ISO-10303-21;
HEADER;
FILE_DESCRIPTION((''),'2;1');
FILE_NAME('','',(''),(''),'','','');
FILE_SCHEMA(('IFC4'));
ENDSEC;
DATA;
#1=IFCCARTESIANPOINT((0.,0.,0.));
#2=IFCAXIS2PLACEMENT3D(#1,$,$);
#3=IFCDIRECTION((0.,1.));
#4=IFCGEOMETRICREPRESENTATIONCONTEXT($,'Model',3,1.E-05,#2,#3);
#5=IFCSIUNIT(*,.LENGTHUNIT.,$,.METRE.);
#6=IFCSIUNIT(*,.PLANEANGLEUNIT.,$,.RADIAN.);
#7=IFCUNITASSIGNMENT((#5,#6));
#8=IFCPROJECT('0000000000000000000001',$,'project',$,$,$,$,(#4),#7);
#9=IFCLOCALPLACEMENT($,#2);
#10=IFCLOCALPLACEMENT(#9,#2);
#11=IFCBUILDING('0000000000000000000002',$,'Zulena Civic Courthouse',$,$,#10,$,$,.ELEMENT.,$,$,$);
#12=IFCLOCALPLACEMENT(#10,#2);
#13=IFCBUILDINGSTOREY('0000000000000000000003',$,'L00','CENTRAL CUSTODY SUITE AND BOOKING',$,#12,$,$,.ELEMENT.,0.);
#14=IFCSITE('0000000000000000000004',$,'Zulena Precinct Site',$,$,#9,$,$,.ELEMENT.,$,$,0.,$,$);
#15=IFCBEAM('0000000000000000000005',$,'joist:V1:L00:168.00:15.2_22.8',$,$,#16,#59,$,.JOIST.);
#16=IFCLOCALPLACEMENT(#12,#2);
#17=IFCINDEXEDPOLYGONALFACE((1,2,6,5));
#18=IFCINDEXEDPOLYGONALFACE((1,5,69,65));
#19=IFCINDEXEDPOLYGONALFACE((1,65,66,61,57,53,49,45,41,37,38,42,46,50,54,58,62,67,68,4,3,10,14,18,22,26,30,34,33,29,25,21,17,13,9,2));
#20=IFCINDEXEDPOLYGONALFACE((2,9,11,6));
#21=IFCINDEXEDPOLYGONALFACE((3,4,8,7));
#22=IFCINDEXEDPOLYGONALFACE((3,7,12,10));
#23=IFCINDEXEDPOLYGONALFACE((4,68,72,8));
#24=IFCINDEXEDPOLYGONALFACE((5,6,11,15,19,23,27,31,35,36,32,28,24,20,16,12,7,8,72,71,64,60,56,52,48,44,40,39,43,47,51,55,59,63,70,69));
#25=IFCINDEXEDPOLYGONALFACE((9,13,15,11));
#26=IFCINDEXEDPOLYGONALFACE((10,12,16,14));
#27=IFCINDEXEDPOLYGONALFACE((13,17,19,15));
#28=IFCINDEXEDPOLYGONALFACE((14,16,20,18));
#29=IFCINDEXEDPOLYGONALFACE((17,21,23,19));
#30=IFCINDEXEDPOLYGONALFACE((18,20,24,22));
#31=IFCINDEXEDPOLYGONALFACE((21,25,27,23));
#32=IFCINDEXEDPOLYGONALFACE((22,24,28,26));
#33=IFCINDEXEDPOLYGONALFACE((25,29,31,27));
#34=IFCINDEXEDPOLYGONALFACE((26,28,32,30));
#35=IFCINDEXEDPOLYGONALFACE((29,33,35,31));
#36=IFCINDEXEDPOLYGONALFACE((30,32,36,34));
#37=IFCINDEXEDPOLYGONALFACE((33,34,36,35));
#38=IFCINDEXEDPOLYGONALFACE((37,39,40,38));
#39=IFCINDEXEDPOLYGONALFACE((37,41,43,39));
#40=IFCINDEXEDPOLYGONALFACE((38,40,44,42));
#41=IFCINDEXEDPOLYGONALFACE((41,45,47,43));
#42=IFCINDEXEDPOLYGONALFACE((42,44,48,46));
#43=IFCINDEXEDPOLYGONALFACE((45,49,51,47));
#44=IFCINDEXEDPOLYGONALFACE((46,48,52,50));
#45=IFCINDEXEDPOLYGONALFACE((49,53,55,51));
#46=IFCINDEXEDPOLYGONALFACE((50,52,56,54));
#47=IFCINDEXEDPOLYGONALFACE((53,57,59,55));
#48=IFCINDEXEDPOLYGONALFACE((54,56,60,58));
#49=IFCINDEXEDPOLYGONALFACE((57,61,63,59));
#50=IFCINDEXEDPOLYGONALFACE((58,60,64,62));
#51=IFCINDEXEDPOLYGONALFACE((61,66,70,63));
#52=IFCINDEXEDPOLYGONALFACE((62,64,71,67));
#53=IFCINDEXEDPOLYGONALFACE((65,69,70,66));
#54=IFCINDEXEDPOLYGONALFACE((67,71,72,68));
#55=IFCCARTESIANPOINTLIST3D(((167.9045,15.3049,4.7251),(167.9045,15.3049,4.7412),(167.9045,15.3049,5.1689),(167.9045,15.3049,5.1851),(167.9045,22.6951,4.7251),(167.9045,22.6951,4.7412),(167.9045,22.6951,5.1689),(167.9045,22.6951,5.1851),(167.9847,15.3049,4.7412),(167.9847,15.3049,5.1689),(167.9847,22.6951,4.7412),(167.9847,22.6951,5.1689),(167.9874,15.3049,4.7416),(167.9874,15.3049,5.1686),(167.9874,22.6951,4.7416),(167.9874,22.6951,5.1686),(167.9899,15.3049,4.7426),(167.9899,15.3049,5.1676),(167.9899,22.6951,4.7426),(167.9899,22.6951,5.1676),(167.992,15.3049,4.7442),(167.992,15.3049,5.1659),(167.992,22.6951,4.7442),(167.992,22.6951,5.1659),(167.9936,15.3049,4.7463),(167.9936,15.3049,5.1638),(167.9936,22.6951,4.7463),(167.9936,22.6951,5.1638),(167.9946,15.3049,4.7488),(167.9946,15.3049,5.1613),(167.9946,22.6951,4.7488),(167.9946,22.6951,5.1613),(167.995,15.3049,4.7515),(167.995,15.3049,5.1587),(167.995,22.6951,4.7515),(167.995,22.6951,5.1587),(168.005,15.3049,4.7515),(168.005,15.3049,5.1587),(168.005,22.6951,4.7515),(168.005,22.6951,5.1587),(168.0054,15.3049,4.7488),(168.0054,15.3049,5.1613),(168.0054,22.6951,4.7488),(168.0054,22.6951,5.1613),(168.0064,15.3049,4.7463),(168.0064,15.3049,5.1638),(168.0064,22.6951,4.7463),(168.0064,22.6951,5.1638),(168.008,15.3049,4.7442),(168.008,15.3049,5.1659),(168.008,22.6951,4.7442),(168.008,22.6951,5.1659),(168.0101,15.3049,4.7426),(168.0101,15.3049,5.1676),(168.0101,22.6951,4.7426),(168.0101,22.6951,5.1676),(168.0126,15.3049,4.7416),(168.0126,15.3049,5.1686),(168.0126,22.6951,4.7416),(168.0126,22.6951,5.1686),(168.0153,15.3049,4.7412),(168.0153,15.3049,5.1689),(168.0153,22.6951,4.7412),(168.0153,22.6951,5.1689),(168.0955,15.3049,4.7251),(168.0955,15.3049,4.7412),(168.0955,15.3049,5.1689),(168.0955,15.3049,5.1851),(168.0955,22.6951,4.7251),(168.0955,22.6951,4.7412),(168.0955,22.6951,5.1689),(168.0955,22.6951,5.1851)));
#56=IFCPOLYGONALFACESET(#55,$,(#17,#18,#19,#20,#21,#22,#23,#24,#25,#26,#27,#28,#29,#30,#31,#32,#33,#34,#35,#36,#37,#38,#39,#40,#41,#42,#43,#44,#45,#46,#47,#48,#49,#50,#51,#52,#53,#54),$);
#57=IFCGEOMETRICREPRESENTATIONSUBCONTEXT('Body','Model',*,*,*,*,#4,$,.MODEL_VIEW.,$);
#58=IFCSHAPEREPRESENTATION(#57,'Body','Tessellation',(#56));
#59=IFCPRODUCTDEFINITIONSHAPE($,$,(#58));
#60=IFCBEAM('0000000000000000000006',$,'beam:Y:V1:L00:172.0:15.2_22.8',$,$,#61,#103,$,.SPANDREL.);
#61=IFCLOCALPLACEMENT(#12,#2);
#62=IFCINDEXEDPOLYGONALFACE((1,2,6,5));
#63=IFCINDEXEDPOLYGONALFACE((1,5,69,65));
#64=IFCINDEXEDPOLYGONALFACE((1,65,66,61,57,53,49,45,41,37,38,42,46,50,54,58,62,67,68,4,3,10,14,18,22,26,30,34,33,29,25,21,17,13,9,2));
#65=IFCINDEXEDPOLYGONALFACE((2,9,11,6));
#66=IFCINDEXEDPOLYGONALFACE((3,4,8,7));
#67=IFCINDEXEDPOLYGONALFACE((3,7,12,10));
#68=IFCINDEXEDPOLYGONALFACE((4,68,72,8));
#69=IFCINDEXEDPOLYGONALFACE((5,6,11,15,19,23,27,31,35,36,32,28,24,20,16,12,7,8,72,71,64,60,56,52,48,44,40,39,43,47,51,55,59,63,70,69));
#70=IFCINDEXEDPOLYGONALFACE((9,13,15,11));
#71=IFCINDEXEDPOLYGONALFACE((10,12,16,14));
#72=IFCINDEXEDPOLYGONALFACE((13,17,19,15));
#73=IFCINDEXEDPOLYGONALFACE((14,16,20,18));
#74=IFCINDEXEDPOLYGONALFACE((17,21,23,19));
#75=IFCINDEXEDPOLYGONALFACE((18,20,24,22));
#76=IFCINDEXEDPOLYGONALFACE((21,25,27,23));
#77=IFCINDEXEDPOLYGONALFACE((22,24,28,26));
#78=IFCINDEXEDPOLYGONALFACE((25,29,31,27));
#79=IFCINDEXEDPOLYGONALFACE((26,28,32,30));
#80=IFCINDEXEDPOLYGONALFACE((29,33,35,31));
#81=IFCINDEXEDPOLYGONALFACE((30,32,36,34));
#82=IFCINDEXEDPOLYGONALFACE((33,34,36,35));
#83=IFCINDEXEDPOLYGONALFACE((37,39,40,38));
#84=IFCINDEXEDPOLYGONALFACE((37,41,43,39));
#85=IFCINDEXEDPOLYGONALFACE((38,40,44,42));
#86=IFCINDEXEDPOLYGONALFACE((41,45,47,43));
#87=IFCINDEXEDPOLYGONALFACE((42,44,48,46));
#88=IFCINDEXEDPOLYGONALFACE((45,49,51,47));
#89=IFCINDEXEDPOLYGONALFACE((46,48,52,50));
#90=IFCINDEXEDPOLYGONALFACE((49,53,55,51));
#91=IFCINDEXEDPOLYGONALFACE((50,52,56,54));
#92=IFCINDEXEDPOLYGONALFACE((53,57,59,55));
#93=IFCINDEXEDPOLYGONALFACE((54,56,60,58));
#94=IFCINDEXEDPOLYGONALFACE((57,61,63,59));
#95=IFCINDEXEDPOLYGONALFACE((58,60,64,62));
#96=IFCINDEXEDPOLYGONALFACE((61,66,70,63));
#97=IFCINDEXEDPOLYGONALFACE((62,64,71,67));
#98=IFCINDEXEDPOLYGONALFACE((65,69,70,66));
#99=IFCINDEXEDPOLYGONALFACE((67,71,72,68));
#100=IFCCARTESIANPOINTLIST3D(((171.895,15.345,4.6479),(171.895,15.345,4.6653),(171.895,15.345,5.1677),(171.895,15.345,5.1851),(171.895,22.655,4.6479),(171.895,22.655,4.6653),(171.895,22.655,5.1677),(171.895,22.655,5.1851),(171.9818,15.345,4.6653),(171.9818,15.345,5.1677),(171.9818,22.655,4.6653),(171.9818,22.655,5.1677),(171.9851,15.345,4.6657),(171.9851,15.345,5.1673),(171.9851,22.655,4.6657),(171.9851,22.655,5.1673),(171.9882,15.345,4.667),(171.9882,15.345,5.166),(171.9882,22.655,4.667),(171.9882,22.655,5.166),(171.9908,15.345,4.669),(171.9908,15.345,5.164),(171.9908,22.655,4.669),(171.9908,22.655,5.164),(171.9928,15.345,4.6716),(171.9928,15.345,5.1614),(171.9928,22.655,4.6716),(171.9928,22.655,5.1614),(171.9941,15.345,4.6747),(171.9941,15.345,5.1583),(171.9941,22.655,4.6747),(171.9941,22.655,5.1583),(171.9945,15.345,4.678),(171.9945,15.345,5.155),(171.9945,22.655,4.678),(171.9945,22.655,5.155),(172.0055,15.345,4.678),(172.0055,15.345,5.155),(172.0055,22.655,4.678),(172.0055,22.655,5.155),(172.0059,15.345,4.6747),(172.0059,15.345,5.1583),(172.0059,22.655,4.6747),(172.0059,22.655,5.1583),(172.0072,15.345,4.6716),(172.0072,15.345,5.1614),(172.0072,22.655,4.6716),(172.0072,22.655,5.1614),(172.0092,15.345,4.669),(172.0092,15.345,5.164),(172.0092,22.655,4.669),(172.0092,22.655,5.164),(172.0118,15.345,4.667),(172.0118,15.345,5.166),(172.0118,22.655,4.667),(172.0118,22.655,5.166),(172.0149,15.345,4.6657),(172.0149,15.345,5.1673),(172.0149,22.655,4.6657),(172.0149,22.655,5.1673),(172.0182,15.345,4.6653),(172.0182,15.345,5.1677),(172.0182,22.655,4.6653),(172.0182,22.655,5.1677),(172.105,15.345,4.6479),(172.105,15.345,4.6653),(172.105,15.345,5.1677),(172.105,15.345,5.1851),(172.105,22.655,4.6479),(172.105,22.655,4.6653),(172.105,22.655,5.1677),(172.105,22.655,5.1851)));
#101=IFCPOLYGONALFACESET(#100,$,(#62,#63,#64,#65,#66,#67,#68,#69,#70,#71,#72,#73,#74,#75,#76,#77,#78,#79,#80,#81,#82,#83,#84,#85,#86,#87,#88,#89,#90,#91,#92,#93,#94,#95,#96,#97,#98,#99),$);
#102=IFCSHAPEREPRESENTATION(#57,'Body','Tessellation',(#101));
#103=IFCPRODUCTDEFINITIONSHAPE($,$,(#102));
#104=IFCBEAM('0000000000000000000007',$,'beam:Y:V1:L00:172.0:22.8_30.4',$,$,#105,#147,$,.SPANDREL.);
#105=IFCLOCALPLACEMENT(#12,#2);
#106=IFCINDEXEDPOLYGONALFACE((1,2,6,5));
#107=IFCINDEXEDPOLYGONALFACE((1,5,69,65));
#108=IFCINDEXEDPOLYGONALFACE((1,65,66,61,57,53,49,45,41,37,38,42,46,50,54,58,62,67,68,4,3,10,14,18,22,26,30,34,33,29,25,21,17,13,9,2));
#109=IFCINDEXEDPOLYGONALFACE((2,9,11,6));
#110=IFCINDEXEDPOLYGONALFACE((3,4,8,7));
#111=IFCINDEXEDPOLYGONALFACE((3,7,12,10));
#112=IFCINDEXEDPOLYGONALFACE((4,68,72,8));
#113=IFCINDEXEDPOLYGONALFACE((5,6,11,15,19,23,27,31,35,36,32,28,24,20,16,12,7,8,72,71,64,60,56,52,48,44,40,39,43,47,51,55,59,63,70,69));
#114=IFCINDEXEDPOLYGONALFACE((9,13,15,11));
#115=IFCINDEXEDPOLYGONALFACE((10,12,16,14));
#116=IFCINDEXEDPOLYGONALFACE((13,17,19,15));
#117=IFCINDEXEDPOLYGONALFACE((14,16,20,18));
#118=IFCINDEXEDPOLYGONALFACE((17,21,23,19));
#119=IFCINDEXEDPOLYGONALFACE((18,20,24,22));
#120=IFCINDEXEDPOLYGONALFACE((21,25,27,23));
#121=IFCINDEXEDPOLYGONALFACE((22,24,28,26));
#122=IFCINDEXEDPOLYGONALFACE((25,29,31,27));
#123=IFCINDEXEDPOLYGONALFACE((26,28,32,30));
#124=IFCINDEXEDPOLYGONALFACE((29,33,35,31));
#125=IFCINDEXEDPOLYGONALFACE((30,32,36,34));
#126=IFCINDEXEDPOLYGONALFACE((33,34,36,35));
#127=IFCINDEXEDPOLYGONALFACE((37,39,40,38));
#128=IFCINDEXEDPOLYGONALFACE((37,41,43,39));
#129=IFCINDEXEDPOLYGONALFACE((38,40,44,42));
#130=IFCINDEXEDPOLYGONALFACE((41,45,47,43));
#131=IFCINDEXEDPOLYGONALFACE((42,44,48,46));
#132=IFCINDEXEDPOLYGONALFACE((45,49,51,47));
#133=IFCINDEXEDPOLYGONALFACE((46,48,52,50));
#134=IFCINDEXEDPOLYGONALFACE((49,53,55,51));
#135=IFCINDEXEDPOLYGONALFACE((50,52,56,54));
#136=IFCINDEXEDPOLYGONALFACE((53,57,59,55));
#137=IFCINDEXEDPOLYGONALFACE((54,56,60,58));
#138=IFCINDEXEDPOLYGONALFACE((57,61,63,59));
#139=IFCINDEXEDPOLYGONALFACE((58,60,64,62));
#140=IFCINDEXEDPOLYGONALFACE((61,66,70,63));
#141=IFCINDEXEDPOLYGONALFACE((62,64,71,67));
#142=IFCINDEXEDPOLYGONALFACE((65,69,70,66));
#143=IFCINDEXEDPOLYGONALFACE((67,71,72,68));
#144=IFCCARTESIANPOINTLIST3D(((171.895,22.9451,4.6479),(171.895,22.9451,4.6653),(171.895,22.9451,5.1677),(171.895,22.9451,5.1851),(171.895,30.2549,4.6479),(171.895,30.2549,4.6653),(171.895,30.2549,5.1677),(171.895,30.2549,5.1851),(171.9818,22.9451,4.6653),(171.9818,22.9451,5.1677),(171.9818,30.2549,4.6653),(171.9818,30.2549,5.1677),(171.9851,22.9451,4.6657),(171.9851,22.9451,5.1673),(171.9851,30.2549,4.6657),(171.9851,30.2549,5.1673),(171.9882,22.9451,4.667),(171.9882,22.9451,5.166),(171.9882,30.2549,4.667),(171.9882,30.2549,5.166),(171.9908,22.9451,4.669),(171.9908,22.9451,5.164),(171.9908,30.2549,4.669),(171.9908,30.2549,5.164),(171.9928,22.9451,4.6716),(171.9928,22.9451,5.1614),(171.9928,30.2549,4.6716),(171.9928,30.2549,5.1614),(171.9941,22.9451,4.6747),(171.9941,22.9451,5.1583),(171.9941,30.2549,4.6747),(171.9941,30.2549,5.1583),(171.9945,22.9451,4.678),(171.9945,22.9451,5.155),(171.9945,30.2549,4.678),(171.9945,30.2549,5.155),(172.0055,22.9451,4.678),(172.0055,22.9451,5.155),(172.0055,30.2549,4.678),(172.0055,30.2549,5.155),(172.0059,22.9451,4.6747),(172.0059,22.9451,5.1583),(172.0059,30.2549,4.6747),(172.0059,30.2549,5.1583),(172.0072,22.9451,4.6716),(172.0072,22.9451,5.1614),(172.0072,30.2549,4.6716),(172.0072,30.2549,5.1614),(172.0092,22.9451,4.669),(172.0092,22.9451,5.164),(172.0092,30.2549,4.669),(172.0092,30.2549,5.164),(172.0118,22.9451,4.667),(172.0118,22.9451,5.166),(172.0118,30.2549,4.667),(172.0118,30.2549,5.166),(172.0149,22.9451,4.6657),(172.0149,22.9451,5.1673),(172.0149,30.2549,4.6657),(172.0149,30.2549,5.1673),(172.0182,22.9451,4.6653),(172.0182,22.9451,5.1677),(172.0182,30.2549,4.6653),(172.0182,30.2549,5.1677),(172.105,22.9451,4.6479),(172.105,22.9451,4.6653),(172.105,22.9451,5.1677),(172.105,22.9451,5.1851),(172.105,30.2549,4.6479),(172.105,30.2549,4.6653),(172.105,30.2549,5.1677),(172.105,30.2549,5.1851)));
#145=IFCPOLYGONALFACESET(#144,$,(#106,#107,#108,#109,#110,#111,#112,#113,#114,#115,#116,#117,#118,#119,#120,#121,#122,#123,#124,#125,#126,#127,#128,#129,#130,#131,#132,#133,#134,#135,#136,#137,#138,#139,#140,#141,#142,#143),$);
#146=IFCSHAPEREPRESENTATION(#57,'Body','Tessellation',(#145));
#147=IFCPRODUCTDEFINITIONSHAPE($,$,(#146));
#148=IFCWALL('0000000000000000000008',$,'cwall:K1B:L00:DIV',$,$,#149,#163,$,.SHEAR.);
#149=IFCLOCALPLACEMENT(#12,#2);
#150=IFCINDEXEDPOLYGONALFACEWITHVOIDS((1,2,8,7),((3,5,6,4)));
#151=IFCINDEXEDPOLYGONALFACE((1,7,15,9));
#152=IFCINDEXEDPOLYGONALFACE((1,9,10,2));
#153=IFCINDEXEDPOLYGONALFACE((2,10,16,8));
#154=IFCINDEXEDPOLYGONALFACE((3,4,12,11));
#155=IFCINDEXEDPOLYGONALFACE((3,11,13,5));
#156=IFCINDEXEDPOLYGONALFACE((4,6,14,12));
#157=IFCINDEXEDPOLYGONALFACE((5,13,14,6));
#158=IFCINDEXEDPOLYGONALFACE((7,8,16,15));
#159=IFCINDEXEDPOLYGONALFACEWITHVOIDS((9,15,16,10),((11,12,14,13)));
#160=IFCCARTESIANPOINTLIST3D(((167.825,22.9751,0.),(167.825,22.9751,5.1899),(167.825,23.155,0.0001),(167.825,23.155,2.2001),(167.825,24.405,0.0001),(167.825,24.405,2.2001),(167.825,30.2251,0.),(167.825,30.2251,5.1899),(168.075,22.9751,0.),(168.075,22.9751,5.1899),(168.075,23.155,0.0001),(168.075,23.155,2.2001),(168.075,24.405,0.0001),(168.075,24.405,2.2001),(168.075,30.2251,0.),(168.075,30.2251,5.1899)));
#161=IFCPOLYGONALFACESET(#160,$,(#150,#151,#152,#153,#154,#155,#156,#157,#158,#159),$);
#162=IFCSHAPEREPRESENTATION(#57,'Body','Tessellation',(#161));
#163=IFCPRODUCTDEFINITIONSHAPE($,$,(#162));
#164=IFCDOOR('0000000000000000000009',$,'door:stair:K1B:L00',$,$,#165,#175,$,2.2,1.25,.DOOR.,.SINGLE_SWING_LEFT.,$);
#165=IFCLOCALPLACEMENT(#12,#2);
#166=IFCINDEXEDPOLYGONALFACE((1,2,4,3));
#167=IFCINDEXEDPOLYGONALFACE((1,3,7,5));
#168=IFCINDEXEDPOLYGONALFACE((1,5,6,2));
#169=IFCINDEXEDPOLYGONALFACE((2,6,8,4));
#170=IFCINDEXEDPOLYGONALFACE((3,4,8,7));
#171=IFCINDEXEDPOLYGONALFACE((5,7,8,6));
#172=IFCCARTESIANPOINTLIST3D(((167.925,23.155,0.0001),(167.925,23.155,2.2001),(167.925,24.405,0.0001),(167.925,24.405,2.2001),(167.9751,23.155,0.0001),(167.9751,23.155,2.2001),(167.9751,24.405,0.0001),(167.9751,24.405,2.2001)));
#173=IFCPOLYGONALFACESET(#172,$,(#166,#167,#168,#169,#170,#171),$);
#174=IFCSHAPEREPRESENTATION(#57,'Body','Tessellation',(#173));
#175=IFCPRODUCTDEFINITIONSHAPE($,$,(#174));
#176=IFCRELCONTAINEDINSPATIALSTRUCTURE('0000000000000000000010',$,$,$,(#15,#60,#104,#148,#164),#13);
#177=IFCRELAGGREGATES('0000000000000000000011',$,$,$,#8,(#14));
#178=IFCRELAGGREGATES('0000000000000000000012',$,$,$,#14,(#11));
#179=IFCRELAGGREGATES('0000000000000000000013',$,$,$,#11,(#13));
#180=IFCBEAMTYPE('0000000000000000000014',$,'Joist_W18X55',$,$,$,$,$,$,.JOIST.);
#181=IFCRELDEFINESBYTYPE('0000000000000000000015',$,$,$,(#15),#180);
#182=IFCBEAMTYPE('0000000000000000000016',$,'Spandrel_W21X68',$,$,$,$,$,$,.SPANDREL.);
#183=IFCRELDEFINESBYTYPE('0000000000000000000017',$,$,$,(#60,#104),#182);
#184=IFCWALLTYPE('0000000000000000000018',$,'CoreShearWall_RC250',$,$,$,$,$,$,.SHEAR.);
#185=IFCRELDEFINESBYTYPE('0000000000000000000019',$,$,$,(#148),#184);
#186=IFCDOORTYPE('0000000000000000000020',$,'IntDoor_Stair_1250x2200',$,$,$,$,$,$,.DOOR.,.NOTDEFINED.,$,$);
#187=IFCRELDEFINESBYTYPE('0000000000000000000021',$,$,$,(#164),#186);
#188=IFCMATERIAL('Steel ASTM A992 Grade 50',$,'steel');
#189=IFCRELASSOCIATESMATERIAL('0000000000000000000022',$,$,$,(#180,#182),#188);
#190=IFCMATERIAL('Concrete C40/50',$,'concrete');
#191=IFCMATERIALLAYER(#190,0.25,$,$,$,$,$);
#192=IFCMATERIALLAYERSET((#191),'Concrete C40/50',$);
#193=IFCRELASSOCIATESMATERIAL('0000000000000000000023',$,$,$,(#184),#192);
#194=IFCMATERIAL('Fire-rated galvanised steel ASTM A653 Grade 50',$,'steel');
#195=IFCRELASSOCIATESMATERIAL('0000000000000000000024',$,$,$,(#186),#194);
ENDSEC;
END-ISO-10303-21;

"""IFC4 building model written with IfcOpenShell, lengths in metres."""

from ifc_helpers import new_model, si_unit, direction, frame, frame_2d, origin, origin_2d, place, context, subcontext, project, spatial, rectangle, i_section, extrude, material, layer, layer_set, material_profile, profile_set, type_object, element, fill, save


model = new_model("IFC4")

# Units and contexts
model_context = context("Model", 3, precision=1e-05, world=origin(), true_north=direction((0.0, 1.0)))
body_context = subcontext(model_context, "Body", "Model", "MODEL_VIEW")
ifc_project = project(units=[si_unit("LENGTHUNIT", "METRE"), si_unit("PLANEANGLEUNIT", "RADIAN")], contexts=[model_context])

# Site, building, storey
site_placement = place(None, origin())
site = spatial("IfcSite", under=ifc_project, at=site_placement, Name="Zulena Precinct Site", CompositionType="ELEMENT", RefElevation=0.0)
building_placement = place(site_placement, origin())
building = spatial("IfcBuilding", under=site, at=building_placement, Name="Zulena Civic Courthouse", CompositionType="ELEMENT")
storey_placement = place(building_placement, origin())
storey = spatial("IfcBuildingStorey", under=building, at=storey_placement, Name="L00", Description="CENTRAL CUSTODY SUITE AND BOOKING", CompositionType="ELEMENT", Elevation=0.0)

# Shared definitions
ifc_material_1 = material(Name="Concrete C40/50", Category="concrete")

# Shared definitions
ifc_material_2 = material(Name="Steel ASTM A992 Grade 50", Category="steel")

# Beams
ifc_material_profile_1 = material_profile(ifc_material_2, i_section(OverallWidth=0.1909, OverallDepth=0.46, WebThickness=0.01, FlangeThickness=0.0161, FilletRadius=0.0103, at=origin_2d()), Name="W18X55")
ifc_profile_set_1 = profile_set([ifc_material_profile_1], Name="Steel ASTM A992 Grade 50")
beam_type_1 = type_object("IfcBeamType", Name="Joist_W18X55", PredefinedType="JOIST", material=ifc_profile_set_1)
beam_1_placement = place(storey_placement, frame((168.0, 15.3049, 4.9551), z_axis=(0.0, 1.0, 0.0), x_axis=(-1.0, 0.0, 0.0)))
element("IfcBeam", 1, at=beam_1_placement, inside=storey, type_object=beam_type_1, Name="joist:V1:L00:168.00:15.2_22.8", PredefinedType="JOIST", context=body_context, shape_type="SweptSolid", body=[
    extrude(i_section(OverallWidth=0.1909, OverallDepth=0.46, WebThickness=0.01, FlangeThickness=0.0161, FilletRadius=0.0103, at=origin_2d()), origin(), (0.0, 0.0, 1.0), 7.3901),
])
ifc_material_profile_2 = material_profile(ifc_material_2, i_section(OverallWidth=0.21, OverallDepth=0.5371, WebThickness=0.011, FlangeThickness=0.0173, FilletRadius=0.0127, at=origin_2d()), Name="W21X68")
ifc_profile_set_2 = profile_set([ifc_material_profile_2], Name="Steel ASTM A992 Grade 50")
beam_type_2 = type_object("IfcBeamType", Name="Spandrel_W21X68", PredefinedType="SPANDREL", material=ifc_profile_set_2)
beam_2_placement = place(storey_placement, frame((172.0, 15.345, 4.9165), z_axis=(0.0, 1.0, 0.0), x_axis=(-1.0, 0.0, 0.0)))
element("IfcBeam", 2, at=beam_2_placement, inside=storey, type_object=beam_type_2, Name="beam:Y:V1:L00:172.0:15.2_22.8", PredefinedType="SPANDREL", context=body_context, shape_type="SweptSolid", body=[
    extrude(i_section(OverallWidth=0.21, OverallDepth=0.5371, WebThickness=0.011, FlangeThickness=0.0173, FilletRadius=0.0127, at=origin_2d()), origin(), (0.0, 0.0, 1.0), 7.3101),
])
beam_3_placement = place(storey_placement, frame((172.0, 22.9451, 4.9165), z_axis=(0.0, 1.0, 0.0), x_axis=(-1.0, 0.0, 0.0)))
element("IfcBeam", 3, at=beam_3_placement, inside=storey, type_object=beam_type_2, Name="beam:Y:V1:L00:172.0:22.8_30.4", PredefinedType="SPANDREL", context=body_context, shape_type="SweptSolid", body=[
    extrude(i_section(OverallWidth=0.21, OverallDepth=0.5371, WebThickness=0.011, FlangeThickness=0.0173, FilletRadius=0.0127, at=origin_2d()), origin(), (0.0, 0.0, 1.0), 7.3098),
])

# Wall, opening, door
ifc_layer_1 = layer(ifc_material_1, 0.25)
ifc_layer_set_1 = layer_set([ifc_layer_1], Name="Concrete C40/50")
wall_type_1 = type_object("IfcWallType", Name="CoreShearWall_RC250", PredefinedType="SHEAR", material=ifc_layer_set_1)
wall_1_placement = place(storey_placement, frame((167.95, 22.9751, 0.0), z_axis=(0.0, 0.0, 1.0), x_axis=(0.0, 1.0, 0.0)))
wall_1 = element("IfcWall", 4, at=wall_1_placement, inside=storey, type_object=wall_type_1, Name="cwall:K1B:L00:DIV", PredefinedType="SHEAR", context=body_context, shape_type="SweptSolid", body=[
    extrude(rectangle(XDim=7.25, YDim=0.25, at=frame_2d((3.625, 0.0))), origin(), (0.0, 0.0, 1.0), 5.1899),
])
opening_1_placement = place(wall_1_placement, frame((0.1799, 0.0, 0.0)))
opening_1 = element("IfcOpeningElement", 5, at=opening_1_placement, cuts=wall_1, PredefinedType="OPENING", context=body_context, shape_type="SweptSolid", body=[
    extrude(rectangle(XDim=1.25, YDim=2.2, at=frame_2d((0.625, 1.1001))), frame((0.0, 0.135, 0.0), z_axis=(0.0, -1.0, 0.0), x_axis=(1.0, 0.0, 0.0)), (0.0, 0.0, 1.0), 0.27),
])
ifc_material_3 = material(Name="Fire-rated galvanised steel ASTM A653 Grade 50", Category="steel")
door_type = type_object("IfcDoorType", Name="IntDoor_Stair_1250x2200", OperationType="NOTDEFINED", PredefinedType="DOOR", material=ifc_material_3)
door_placement = place(opening_1_placement, origin())
door = element("IfcDoor", 6, at=door_placement, inside=storey, type_object=door_type, Name="door:stair:K1B:L00", OperationType="SINGLE_SWING_LEFT", OverallHeight=2.2, OverallWidth=1.25, PredefinedType="DOOR", context=body_context, shape_type="SweptSolid", body=[
    extrude(rectangle(XDim=1.25, YDim=2.2, at=frame_2d((0.625, 1.1001))), frame((0.0, 0.0249, 0.0), z_axis=(0.0, -1.0, 0.0), x_axis=(1.0, 0.0, 0.0)), (0.0, 0.0, 1.0), 0.05),
])
fill(opening_1, door)

save(model, "model.ifc")
